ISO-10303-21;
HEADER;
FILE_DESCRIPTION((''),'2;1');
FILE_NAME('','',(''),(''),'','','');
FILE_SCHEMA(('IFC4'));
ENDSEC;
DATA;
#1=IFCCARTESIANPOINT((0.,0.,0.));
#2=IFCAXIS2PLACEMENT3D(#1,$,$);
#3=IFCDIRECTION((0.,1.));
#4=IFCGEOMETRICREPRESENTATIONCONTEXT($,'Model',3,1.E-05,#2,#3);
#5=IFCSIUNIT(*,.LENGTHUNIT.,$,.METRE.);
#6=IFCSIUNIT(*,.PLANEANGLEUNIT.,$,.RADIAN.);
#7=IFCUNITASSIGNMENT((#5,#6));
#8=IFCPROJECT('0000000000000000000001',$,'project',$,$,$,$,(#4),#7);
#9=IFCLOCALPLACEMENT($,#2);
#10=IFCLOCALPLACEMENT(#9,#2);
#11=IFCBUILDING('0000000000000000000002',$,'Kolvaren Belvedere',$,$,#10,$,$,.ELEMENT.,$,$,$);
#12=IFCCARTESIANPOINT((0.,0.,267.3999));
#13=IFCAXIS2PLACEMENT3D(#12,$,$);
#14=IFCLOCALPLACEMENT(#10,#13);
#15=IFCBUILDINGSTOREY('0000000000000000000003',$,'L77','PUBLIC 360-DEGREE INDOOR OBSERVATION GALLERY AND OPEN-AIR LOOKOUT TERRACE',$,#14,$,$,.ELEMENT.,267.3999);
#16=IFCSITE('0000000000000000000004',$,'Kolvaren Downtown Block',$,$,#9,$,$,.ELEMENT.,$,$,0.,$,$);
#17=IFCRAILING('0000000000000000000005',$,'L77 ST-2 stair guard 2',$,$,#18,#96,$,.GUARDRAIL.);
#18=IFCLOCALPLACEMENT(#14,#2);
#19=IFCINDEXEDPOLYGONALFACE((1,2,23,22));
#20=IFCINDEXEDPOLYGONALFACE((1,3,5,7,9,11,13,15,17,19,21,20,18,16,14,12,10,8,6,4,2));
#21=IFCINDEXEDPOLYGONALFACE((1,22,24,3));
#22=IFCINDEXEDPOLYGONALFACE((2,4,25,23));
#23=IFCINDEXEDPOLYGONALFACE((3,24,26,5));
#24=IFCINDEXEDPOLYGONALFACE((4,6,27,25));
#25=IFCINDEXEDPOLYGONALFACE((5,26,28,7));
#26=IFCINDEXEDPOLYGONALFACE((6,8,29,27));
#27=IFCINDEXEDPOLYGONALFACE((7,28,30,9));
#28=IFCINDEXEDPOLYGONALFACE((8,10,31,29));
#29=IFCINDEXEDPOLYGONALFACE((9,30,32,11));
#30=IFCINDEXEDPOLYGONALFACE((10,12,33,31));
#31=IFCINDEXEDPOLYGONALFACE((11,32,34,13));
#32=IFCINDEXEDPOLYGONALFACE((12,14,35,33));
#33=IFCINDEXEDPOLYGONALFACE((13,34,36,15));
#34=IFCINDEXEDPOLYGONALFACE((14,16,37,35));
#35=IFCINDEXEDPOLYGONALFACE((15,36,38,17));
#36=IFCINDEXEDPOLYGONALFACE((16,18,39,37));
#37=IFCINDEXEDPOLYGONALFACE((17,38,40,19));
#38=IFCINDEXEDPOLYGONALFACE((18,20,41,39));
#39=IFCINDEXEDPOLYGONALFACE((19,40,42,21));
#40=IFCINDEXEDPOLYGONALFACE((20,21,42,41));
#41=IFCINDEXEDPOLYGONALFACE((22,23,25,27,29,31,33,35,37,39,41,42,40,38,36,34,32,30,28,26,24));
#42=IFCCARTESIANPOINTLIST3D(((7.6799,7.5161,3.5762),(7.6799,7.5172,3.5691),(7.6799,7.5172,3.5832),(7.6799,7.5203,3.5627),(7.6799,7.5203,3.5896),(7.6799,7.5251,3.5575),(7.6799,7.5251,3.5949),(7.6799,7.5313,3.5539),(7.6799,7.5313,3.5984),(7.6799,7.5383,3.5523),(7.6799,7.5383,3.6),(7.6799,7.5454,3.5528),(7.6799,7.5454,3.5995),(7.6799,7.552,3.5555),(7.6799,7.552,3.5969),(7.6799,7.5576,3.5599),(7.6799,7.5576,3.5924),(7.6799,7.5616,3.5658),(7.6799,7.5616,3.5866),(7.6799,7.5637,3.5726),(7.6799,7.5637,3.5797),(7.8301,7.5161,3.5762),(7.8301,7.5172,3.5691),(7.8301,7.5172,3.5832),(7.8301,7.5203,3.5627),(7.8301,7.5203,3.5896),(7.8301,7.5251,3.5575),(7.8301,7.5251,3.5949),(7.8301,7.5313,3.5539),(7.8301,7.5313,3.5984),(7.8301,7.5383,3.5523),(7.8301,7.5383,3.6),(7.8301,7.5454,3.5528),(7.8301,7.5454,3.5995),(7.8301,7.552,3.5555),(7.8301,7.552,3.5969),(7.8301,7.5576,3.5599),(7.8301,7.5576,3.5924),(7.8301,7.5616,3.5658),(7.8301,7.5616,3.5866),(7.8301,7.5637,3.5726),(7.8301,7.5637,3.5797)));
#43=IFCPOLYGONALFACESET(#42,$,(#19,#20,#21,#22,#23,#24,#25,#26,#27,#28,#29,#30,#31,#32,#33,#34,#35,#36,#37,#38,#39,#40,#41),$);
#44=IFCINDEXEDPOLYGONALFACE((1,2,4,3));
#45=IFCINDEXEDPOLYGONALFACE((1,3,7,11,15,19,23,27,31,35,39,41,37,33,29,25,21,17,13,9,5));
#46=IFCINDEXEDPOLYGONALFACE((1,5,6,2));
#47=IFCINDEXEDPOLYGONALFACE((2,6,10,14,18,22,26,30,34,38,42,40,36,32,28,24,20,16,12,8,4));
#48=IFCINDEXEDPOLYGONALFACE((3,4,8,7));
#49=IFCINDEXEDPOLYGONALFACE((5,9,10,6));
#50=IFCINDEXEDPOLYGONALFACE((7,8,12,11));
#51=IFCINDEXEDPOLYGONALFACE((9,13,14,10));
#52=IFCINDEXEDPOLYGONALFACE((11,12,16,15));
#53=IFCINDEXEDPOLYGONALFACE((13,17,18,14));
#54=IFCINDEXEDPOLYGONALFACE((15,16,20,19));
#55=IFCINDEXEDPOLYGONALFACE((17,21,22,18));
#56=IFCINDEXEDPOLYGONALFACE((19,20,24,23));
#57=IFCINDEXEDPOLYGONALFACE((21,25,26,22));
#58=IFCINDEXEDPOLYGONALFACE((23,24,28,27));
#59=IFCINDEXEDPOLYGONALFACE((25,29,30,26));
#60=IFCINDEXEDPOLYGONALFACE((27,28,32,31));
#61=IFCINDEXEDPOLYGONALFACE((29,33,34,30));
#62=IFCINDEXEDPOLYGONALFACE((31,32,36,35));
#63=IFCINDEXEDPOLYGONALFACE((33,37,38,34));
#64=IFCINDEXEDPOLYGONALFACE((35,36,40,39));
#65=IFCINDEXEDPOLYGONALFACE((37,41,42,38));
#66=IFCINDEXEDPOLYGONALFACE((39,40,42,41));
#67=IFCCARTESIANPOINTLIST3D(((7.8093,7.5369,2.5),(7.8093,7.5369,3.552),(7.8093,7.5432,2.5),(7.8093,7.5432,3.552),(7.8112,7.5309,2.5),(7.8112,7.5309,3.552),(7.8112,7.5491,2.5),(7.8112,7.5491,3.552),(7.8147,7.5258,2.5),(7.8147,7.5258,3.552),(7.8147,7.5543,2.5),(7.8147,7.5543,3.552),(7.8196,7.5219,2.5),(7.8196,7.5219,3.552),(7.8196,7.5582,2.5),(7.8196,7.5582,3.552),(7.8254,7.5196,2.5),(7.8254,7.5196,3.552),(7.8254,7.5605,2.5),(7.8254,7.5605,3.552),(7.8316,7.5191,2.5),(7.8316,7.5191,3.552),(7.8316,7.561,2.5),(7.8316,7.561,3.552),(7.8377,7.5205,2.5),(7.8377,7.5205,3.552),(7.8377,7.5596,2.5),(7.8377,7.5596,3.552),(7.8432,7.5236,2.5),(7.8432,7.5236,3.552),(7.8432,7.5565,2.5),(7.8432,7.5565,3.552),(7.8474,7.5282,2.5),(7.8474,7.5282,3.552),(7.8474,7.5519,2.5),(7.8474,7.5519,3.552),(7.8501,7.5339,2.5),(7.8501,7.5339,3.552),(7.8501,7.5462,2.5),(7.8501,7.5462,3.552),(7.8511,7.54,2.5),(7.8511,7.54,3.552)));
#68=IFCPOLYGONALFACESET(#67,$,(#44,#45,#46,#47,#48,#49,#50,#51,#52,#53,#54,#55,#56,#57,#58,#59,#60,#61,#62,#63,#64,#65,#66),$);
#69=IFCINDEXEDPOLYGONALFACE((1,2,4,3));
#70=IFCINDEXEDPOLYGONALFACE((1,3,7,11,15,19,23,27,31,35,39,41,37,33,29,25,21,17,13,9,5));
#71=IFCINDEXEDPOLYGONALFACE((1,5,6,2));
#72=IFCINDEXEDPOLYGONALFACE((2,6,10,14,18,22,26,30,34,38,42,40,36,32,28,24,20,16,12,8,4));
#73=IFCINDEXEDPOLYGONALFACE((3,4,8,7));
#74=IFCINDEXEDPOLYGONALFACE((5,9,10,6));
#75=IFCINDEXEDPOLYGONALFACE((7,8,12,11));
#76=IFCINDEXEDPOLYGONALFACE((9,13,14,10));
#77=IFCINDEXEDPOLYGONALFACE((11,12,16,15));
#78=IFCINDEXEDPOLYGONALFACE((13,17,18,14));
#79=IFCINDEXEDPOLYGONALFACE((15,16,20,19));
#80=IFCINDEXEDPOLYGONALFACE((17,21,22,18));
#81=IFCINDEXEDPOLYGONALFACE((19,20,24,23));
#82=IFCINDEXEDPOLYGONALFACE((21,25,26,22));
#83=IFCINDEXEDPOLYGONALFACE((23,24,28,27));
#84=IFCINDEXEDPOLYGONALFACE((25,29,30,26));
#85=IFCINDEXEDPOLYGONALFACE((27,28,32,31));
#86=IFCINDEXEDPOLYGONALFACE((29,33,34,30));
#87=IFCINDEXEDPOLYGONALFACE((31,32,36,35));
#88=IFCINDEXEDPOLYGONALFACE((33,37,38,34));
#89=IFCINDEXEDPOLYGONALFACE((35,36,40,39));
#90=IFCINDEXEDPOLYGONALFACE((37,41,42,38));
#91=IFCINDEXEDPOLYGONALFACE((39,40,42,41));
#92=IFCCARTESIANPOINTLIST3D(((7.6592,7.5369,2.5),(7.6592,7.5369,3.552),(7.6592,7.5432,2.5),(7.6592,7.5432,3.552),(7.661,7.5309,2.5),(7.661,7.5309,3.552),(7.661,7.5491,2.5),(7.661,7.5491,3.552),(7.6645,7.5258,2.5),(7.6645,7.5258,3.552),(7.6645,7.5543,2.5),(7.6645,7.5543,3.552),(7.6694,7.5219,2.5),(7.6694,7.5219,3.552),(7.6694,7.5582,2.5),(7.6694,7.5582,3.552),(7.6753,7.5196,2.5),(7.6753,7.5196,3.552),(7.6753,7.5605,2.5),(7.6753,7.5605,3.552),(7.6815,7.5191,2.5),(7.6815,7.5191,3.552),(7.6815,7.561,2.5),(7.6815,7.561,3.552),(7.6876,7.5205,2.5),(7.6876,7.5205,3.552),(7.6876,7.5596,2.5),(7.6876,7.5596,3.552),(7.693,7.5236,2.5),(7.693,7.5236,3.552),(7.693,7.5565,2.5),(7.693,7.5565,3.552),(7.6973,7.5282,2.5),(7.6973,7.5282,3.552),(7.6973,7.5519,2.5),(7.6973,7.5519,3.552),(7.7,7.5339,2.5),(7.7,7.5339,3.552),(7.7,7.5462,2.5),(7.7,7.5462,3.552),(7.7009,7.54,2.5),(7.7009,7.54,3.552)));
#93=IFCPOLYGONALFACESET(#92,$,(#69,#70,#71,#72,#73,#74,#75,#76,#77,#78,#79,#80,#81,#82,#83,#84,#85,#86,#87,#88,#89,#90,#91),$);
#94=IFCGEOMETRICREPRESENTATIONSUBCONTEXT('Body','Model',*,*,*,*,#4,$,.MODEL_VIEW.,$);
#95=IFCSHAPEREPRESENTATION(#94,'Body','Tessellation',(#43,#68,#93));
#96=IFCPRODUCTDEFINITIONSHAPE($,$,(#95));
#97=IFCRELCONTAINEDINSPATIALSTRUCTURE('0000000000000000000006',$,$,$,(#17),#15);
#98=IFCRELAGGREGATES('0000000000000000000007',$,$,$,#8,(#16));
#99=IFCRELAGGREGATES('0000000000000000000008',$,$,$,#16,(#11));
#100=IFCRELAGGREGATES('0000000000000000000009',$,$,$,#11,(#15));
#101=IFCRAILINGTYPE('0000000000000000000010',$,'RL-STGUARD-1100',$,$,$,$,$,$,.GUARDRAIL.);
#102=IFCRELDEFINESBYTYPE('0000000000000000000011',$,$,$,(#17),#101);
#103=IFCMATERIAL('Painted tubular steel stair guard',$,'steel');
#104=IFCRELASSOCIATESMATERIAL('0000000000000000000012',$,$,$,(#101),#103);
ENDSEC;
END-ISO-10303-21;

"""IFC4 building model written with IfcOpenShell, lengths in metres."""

from ifc_helpers import new_model, si_unit, direction, frame, origin, origin_2d, place, context, subcontext, project, spatial, circle, extrude, material, type_object, element, save


model = new_model("IFC4")

# Units and contexts
model_context = context("Model", 3, precision=1e-05, world=origin(), true_north=direction((0.0, 1.0)))
body_context = subcontext(model_context, "Body", "Model", "MODEL_VIEW")
ifc_project = project(units=[si_unit("LENGTHUNIT", "METRE"), si_unit("PLANEANGLEUNIT", "RADIAN")], contexts=[model_context])

# Site, building, storey
site_placement = place(None, origin())
site = spatial("IfcSite", under=ifc_project, at=site_placement, Name="Kolvaren Downtown Block", CompositionType="ELEMENT", RefElevation=0.0)
building_placement = place(site_placement, origin())
building = spatial("IfcBuilding", under=site, at=building_placement, Name="Kolvaren Belvedere", CompositionType="ELEMENT")
storey_placement = place(building_placement, frame((0.0, 0.0, 267.3999)))
storey = spatial("IfcBuildingStorey", under=building, at=storey_placement, Name="L77", Description="PUBLIC 360-DEGREE INDOOR OBSERVATION GALLERY AND OPEN-AIR LOOKOUT TERRACE", CompositionType="ELEMENT", Elevation=267.3999)

# Railing
ifc_material_1 = material(Name="Painted tubular steel stair guard", Category="steel")
railing_type_1 = type_object("IfcRailingType", Name="RL-STGUARD-1100", PredefinedType="GUARDRAIL", material=ifc_material_1)
railing_1_placement = place(storey_placement, frame((7.8301, 7.54, 2.5)))
element("IfcRailing", 1, at=railing_1_placement, inside=storey, type_object=railing_type_1, Name="L77 ST-2 stair guard 2", PredefinedType="GUARDRAIL", context=body_context, shape_type="SweptSolid", body=[
    extrude(circle(Radius=0.0239, at=origin_2d()), frame((0.0, 0.0, 1.0762), z_axis=(-1.0, 0.0, 0.0), x_axis=(0.0, -1.0, 0.0)), (0.0, 0.0, 1.0), 0.1501),
    extrude(circle(Radius=0.021, at=origin_2d()), origin(), (0.0, 0.0, 1.0), 1.052),
    extrude(circle(Radius=0.021, at=origin_2d()), frame((-0.1501, 0.0, 0.0)), (0.0, 0.0, 1.0), 1.052),
])

save(model, "model.ifc")
